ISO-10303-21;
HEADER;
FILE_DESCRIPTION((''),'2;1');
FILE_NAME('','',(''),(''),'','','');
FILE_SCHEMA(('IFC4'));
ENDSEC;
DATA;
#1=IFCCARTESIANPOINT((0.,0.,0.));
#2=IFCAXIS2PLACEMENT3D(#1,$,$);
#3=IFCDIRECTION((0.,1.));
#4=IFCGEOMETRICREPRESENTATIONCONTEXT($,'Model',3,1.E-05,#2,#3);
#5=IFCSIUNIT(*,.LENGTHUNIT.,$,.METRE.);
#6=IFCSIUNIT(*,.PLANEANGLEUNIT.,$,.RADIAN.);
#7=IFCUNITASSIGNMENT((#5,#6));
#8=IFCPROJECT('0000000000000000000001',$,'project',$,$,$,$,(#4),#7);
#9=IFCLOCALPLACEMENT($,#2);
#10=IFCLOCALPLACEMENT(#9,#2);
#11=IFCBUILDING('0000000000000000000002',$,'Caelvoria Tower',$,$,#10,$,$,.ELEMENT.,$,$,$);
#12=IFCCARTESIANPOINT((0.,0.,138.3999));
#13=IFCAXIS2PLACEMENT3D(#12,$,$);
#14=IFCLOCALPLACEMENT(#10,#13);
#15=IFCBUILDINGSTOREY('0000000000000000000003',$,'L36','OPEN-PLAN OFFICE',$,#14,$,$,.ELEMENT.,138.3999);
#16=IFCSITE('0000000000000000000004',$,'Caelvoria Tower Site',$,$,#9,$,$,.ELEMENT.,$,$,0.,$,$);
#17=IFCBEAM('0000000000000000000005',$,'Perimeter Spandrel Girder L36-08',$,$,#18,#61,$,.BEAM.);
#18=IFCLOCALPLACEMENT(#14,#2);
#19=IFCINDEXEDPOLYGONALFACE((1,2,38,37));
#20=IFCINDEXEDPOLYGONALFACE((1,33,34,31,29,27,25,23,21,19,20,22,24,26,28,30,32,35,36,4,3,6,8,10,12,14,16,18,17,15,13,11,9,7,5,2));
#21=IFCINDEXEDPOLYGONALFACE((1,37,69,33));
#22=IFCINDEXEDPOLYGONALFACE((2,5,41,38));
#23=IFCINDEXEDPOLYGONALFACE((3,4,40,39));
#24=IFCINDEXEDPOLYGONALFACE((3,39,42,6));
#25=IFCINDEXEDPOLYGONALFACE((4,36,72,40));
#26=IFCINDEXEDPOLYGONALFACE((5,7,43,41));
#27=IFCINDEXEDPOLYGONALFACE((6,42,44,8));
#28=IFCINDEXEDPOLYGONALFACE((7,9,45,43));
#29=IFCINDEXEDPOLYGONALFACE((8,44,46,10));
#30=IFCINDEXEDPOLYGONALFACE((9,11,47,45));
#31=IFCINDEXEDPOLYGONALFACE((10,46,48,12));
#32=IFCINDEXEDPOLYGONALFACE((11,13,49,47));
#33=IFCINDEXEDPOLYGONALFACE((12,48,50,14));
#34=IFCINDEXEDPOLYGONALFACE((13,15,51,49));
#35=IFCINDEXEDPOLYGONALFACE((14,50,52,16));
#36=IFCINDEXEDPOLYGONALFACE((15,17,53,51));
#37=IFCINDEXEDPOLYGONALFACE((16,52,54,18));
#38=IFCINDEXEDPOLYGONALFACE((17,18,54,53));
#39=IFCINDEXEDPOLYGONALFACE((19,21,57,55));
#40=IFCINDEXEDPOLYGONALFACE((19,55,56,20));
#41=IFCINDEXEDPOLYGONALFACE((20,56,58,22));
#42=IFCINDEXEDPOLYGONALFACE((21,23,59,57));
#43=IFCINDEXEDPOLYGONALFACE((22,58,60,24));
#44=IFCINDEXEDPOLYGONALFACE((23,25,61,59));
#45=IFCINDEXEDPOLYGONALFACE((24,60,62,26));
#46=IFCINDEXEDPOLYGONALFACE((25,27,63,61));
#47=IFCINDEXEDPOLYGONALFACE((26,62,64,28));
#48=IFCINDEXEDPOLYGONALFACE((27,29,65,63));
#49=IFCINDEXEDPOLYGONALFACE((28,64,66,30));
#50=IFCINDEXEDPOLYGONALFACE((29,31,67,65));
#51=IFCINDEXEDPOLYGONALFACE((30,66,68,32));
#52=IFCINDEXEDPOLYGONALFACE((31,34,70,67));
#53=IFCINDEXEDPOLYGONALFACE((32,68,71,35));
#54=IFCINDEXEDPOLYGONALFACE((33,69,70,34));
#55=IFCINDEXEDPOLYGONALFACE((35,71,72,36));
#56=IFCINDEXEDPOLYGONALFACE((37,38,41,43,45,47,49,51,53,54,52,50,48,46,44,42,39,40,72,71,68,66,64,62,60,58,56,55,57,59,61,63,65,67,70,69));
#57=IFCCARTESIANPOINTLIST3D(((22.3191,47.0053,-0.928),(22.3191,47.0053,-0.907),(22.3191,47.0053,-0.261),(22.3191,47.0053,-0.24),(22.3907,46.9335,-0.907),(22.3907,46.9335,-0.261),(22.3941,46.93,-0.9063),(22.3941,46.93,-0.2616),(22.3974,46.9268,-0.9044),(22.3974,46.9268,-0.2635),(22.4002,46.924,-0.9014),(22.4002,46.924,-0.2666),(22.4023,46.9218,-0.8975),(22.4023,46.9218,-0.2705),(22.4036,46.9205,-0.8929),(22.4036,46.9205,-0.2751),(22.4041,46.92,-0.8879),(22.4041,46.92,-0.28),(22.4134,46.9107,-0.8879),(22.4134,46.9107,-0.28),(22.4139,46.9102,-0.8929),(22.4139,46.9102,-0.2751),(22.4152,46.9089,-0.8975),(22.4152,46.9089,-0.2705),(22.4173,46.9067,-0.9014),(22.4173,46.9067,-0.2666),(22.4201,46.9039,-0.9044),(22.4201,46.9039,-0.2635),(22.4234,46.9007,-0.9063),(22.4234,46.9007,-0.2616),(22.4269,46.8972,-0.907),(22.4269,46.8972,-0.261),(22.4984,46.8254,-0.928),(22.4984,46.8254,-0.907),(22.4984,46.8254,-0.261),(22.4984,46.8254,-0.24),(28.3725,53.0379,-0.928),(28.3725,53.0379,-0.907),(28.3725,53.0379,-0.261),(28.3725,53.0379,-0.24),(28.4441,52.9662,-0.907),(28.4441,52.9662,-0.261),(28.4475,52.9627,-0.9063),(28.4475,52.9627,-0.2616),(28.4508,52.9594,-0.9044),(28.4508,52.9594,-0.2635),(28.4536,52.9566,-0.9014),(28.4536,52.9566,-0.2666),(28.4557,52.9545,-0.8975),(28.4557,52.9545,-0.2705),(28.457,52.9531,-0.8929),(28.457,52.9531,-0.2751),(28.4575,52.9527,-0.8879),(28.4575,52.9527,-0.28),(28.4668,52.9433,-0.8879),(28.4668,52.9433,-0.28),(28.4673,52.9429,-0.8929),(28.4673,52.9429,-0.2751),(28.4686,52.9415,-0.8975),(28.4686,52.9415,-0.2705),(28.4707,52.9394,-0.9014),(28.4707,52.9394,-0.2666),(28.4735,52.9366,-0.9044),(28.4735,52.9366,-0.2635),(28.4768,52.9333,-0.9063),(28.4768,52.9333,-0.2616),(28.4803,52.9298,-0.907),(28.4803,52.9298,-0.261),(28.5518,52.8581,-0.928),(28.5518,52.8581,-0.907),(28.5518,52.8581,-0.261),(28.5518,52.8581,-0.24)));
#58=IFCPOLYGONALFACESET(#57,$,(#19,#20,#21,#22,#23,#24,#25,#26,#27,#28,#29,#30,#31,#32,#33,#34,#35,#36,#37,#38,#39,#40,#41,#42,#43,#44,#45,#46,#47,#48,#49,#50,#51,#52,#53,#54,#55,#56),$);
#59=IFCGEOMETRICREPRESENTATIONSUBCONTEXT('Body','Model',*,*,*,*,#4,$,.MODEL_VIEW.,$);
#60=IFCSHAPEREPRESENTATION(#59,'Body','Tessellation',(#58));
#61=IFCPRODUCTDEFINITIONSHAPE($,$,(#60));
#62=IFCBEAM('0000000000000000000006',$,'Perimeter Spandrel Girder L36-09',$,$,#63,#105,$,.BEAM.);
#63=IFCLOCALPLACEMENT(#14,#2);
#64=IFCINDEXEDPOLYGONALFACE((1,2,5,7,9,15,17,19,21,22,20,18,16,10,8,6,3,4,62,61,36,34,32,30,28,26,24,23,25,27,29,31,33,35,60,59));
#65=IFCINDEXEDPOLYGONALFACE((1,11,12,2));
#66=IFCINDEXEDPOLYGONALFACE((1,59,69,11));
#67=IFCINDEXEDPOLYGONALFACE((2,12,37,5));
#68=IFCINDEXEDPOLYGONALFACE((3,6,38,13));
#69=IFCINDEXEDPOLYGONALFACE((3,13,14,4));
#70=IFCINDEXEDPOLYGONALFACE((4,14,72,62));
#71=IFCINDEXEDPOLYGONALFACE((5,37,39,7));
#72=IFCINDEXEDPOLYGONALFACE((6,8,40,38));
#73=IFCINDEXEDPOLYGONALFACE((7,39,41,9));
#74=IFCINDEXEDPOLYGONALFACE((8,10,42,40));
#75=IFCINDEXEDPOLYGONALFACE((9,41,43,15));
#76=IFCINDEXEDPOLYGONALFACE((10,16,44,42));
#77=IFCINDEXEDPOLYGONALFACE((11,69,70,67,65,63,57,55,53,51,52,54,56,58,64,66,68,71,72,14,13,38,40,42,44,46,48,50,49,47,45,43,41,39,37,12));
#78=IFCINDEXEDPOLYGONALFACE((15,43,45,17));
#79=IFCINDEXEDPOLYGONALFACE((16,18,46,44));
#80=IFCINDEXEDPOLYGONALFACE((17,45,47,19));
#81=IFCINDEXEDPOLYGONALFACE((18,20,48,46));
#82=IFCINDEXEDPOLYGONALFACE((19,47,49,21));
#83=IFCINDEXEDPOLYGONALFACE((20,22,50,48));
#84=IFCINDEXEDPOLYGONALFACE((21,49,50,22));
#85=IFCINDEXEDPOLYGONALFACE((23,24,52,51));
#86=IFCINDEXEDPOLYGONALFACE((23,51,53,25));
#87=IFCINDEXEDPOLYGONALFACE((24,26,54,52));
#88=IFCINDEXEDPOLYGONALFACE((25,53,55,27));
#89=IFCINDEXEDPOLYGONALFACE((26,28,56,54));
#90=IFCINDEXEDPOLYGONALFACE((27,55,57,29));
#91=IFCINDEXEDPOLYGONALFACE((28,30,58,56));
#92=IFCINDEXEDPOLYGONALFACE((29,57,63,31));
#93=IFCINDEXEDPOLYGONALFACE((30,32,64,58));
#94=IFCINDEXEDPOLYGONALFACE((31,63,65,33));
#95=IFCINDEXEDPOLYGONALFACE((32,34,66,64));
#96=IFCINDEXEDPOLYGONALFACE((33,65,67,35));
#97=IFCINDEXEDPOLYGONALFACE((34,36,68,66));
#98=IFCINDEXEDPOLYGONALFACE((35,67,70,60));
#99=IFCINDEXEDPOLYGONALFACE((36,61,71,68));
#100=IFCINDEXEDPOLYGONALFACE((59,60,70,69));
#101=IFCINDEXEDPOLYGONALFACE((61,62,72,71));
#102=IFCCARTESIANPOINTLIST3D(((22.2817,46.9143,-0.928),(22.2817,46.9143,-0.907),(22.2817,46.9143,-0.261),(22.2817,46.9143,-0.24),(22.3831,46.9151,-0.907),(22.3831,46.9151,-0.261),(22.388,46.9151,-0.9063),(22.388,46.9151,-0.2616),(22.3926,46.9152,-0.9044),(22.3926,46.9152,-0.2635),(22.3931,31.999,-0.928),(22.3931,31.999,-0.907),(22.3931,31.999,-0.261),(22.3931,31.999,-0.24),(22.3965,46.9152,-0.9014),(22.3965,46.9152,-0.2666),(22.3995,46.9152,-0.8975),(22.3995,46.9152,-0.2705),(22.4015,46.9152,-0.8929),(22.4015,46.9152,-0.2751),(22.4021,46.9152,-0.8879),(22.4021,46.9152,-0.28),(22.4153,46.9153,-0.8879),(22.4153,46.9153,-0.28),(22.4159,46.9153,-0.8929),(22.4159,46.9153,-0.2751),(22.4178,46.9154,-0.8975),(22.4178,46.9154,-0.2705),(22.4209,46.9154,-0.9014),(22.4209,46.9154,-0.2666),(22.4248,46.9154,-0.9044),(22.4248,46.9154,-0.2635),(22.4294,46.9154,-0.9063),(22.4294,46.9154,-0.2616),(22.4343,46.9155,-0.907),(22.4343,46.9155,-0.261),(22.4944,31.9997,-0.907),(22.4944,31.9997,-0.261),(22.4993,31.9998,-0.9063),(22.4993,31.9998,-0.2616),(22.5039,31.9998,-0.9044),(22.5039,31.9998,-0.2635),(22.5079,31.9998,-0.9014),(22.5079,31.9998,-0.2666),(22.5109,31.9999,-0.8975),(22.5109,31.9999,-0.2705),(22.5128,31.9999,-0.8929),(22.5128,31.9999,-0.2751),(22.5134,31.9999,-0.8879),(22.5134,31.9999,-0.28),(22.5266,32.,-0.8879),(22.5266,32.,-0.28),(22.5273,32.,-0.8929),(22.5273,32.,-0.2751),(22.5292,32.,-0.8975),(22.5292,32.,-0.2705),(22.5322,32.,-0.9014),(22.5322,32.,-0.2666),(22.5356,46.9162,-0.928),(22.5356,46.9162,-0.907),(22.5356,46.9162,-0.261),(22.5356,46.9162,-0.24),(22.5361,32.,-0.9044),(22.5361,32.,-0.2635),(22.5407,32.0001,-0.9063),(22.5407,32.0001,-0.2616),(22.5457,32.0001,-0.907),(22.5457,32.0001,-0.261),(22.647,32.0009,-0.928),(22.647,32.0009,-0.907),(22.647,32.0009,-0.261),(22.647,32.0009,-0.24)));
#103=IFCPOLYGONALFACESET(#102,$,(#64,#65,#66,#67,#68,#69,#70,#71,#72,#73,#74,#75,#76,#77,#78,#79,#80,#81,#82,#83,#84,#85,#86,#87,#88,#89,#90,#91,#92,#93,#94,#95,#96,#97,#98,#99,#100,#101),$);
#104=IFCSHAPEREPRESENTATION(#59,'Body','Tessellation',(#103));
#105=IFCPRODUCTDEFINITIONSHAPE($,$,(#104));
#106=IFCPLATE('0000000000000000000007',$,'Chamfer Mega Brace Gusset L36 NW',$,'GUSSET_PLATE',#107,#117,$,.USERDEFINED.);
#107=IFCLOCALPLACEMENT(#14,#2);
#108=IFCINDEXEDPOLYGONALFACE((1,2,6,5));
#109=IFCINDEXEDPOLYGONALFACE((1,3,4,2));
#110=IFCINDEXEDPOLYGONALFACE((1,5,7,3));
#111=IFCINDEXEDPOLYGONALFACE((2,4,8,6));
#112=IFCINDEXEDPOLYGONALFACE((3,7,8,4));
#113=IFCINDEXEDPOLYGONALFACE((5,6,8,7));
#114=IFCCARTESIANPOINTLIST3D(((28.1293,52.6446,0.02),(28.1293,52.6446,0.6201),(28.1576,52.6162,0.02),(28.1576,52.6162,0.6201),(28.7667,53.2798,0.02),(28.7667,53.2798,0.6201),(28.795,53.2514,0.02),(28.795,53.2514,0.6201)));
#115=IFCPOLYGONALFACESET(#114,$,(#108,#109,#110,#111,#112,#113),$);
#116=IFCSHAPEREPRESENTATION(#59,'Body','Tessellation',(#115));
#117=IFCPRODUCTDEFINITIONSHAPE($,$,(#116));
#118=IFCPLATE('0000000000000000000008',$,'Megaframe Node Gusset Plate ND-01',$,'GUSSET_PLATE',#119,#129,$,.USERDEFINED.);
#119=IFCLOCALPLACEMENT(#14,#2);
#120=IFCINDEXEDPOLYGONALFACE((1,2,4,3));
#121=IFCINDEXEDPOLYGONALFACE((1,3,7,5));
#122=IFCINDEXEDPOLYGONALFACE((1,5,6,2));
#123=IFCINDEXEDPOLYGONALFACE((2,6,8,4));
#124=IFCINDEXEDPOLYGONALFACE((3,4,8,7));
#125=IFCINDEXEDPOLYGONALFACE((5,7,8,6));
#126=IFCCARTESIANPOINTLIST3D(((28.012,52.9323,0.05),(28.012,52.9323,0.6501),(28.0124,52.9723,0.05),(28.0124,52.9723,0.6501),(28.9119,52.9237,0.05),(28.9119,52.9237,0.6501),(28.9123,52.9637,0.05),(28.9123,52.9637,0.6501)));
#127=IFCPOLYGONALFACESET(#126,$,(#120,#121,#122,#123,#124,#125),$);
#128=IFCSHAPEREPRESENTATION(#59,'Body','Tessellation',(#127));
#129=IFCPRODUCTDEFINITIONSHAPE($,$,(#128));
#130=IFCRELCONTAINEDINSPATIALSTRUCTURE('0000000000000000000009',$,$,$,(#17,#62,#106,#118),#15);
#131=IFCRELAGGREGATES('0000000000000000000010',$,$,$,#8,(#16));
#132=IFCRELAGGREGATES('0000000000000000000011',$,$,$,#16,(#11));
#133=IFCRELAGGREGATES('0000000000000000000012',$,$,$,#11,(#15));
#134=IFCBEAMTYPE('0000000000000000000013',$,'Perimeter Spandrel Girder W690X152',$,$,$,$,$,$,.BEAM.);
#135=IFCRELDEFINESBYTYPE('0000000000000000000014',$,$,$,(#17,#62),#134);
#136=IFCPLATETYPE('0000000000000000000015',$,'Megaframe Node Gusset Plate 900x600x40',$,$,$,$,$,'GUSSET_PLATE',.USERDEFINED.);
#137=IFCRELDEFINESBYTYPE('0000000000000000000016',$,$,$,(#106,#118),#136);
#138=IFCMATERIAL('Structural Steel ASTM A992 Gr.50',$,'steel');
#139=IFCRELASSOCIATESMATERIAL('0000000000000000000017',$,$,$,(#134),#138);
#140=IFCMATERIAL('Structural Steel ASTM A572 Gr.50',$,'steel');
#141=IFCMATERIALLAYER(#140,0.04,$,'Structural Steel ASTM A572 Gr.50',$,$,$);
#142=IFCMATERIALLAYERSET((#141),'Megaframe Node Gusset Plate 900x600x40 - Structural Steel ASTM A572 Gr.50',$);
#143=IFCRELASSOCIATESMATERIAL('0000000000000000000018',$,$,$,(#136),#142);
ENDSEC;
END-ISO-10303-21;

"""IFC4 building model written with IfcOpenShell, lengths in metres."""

from ifc_helpers import new_model, si_unit, direction, frame, origin, origin_2d, place, context, subcontext, project, spatial, rectangle, i_section, extrude, material, layer, layer_set, material_profile, profile_set, type_object, element, save


model = new_model("IFC4")

# Units and contexts
model_context = context("Model", 3, precision=1e-05, world=origin(), true_north=direction((0.0, 1.0)))
body_context = subcontext(model_context, "Body", "Model", "MODEL_VIEW")
ifc_project = project(units=[si_unit("LENGTHUNIT", "METRE"), si_unit("PLANEANGLEUNIT", "RADIAN")], contexts=[model_context])

# Site, building, storey
site_placement = place(None, origin())
site = spatial("IfcSite", under=ifc_project, at=site_placement, Name="Caelvoria Tower Site", CompositionType="ELEMENT", RefElevation=0.0)
building_placement = place(site_placement, origin())
building = spatial("IfcBuilding", under=site, at=building_placement, Name="Caelvoria Tower", CompositionType="ELEMENT")
storey_placement = place(building_placement, frame((0.0, 0.0, 138.3999)))
storey = spatial("IfcBuildingStorey", under=building, at=storey_placement, Name="L36", Description="OPEN-PLAN OFFICE", CompositionType="ELEMENT", Elevation=138.3999)

# Shared definitions
ifc_material_1 = material(Name="Structural Steel ASTM A572 Gr.50", Category="steel")

# Beams
ifc_material_2 = material(Name="Structural Steel ASTM A992 Gr.50", Category="steel")
ifc_material_profile_1 = material_profile(ifc_material_2, i_section(OverallWidth=0.2539, OverallDepth=0.688, WebThickness=0.0132, FlangeThickness=0.021, FilletRadius=0.019, at=origin_2d()), Name="Structural Steel ASTM A992 Gr.50")
ifc_profile_set_1 = profile_set([ifc_material_profile_1], Name="W690X152 - Structural Steel ASTM A992 Gr.50")
beam_type = type_object("IfcBeamType", Name="Perimeter Spandrel Girder W690X152", PredefinedType="BEAM", material=ifc_profile_set_1)
beam_1_placement = place(storey_placement, frame((28.4622, 52.948, -0.584), z_axis=(-0.70832, -0.705892, 0.0), x_axis=(0.705892, -0.70832, 0.0)))
element("IfcBeam", 1, at=beam_1_placement, inside=storey, type_object=beam_type, Name="Perimeter Spandrel Girder L36-08", PredefinedType="BEAM", context=body_context, shape_type="SweptSolid", body=[
    extrude(i_section(OverallWidth=0.2539, OverallDepth=0.688, WebThickness=0.0132, FlangeThickness=0.021, FilletRadius=0.019, at=origin_2d()), origin(), (0.0, 0.0, 1.0), 8.5461),
])
beam_2_placement = place(storey_placement, frame((22.4087, 46.9153, -0.584), z_axis=(0.007464, -0.999972, 0.0), x_axis=(0.999972, 0.007464, 0.0)))
element("IfcBeam", 2, at=beam_2_placement, inside=storey, type_object=beam_type, Name="Perimeter Spandrel Girder L36-09", PredefinedType="BEAM", context=body_context, shape_type="SweptSolid", body=[
    extrude(i_section(OverallWidth=0.2539, OverallDepth=0.688, WebThickness=0.0132, FlangeThickness=0.021, FilletRadius=0.019, at=origin_2d()), origin(), (0.0, 0.0, 1.0), 14.9158),
])

# Plates
ifc_layer_1 = layer(ifc_material_1, 0.04, Name="Structural Steel ASTM A572 Gr.50")
ifc_layer_set_1 = layer_set([ifc_layer_1], Name="Megaframe Node Gusset Plate 900x600x40 - Structural Steel ASTM A572 Gr.50")
plate_type = type_object("IfcPlateType", Name="Megaframe Node Gusset Plate 900x600x40", ElementType="GUSSET_PLATE", PredefinedType="USERDEFINED", material=ifc_layer_set_1)
for number, where, z_axis, x_axis, name in (
    (3, (28.4622, 52.948, 0.02), (0.0, 0.0, 1.0), (-0.708329, -0.705883, 0.0), "Chamfer Mega Brace Gusset L36 NW"),
    (4, (28.4622, 52.948, 0.05), (0.0, 0.0, 1.0), (0.999954, -0.009573, 0.0), "Megaframe Node Gusset Plate ND-01"),
):
    element("IfcPlate", number, at=place(storey_placement, frame(where, z_axis=z_axis, x_axis=x_axis)), inside=storey, type_object=plate_type, Name=name, ObjectType="GUSSET_PLATE", PredefinedType="USERDEFINED", context=body_context, shape_type="SweptSolid", body=[
        extrude(rectangle(XDim=0.8999, YDim=0.04, at=origin_2d()), origin(), (0.0, 0.0, 1.0), 0.6001),
    ])

save(model, "model.ifc")
